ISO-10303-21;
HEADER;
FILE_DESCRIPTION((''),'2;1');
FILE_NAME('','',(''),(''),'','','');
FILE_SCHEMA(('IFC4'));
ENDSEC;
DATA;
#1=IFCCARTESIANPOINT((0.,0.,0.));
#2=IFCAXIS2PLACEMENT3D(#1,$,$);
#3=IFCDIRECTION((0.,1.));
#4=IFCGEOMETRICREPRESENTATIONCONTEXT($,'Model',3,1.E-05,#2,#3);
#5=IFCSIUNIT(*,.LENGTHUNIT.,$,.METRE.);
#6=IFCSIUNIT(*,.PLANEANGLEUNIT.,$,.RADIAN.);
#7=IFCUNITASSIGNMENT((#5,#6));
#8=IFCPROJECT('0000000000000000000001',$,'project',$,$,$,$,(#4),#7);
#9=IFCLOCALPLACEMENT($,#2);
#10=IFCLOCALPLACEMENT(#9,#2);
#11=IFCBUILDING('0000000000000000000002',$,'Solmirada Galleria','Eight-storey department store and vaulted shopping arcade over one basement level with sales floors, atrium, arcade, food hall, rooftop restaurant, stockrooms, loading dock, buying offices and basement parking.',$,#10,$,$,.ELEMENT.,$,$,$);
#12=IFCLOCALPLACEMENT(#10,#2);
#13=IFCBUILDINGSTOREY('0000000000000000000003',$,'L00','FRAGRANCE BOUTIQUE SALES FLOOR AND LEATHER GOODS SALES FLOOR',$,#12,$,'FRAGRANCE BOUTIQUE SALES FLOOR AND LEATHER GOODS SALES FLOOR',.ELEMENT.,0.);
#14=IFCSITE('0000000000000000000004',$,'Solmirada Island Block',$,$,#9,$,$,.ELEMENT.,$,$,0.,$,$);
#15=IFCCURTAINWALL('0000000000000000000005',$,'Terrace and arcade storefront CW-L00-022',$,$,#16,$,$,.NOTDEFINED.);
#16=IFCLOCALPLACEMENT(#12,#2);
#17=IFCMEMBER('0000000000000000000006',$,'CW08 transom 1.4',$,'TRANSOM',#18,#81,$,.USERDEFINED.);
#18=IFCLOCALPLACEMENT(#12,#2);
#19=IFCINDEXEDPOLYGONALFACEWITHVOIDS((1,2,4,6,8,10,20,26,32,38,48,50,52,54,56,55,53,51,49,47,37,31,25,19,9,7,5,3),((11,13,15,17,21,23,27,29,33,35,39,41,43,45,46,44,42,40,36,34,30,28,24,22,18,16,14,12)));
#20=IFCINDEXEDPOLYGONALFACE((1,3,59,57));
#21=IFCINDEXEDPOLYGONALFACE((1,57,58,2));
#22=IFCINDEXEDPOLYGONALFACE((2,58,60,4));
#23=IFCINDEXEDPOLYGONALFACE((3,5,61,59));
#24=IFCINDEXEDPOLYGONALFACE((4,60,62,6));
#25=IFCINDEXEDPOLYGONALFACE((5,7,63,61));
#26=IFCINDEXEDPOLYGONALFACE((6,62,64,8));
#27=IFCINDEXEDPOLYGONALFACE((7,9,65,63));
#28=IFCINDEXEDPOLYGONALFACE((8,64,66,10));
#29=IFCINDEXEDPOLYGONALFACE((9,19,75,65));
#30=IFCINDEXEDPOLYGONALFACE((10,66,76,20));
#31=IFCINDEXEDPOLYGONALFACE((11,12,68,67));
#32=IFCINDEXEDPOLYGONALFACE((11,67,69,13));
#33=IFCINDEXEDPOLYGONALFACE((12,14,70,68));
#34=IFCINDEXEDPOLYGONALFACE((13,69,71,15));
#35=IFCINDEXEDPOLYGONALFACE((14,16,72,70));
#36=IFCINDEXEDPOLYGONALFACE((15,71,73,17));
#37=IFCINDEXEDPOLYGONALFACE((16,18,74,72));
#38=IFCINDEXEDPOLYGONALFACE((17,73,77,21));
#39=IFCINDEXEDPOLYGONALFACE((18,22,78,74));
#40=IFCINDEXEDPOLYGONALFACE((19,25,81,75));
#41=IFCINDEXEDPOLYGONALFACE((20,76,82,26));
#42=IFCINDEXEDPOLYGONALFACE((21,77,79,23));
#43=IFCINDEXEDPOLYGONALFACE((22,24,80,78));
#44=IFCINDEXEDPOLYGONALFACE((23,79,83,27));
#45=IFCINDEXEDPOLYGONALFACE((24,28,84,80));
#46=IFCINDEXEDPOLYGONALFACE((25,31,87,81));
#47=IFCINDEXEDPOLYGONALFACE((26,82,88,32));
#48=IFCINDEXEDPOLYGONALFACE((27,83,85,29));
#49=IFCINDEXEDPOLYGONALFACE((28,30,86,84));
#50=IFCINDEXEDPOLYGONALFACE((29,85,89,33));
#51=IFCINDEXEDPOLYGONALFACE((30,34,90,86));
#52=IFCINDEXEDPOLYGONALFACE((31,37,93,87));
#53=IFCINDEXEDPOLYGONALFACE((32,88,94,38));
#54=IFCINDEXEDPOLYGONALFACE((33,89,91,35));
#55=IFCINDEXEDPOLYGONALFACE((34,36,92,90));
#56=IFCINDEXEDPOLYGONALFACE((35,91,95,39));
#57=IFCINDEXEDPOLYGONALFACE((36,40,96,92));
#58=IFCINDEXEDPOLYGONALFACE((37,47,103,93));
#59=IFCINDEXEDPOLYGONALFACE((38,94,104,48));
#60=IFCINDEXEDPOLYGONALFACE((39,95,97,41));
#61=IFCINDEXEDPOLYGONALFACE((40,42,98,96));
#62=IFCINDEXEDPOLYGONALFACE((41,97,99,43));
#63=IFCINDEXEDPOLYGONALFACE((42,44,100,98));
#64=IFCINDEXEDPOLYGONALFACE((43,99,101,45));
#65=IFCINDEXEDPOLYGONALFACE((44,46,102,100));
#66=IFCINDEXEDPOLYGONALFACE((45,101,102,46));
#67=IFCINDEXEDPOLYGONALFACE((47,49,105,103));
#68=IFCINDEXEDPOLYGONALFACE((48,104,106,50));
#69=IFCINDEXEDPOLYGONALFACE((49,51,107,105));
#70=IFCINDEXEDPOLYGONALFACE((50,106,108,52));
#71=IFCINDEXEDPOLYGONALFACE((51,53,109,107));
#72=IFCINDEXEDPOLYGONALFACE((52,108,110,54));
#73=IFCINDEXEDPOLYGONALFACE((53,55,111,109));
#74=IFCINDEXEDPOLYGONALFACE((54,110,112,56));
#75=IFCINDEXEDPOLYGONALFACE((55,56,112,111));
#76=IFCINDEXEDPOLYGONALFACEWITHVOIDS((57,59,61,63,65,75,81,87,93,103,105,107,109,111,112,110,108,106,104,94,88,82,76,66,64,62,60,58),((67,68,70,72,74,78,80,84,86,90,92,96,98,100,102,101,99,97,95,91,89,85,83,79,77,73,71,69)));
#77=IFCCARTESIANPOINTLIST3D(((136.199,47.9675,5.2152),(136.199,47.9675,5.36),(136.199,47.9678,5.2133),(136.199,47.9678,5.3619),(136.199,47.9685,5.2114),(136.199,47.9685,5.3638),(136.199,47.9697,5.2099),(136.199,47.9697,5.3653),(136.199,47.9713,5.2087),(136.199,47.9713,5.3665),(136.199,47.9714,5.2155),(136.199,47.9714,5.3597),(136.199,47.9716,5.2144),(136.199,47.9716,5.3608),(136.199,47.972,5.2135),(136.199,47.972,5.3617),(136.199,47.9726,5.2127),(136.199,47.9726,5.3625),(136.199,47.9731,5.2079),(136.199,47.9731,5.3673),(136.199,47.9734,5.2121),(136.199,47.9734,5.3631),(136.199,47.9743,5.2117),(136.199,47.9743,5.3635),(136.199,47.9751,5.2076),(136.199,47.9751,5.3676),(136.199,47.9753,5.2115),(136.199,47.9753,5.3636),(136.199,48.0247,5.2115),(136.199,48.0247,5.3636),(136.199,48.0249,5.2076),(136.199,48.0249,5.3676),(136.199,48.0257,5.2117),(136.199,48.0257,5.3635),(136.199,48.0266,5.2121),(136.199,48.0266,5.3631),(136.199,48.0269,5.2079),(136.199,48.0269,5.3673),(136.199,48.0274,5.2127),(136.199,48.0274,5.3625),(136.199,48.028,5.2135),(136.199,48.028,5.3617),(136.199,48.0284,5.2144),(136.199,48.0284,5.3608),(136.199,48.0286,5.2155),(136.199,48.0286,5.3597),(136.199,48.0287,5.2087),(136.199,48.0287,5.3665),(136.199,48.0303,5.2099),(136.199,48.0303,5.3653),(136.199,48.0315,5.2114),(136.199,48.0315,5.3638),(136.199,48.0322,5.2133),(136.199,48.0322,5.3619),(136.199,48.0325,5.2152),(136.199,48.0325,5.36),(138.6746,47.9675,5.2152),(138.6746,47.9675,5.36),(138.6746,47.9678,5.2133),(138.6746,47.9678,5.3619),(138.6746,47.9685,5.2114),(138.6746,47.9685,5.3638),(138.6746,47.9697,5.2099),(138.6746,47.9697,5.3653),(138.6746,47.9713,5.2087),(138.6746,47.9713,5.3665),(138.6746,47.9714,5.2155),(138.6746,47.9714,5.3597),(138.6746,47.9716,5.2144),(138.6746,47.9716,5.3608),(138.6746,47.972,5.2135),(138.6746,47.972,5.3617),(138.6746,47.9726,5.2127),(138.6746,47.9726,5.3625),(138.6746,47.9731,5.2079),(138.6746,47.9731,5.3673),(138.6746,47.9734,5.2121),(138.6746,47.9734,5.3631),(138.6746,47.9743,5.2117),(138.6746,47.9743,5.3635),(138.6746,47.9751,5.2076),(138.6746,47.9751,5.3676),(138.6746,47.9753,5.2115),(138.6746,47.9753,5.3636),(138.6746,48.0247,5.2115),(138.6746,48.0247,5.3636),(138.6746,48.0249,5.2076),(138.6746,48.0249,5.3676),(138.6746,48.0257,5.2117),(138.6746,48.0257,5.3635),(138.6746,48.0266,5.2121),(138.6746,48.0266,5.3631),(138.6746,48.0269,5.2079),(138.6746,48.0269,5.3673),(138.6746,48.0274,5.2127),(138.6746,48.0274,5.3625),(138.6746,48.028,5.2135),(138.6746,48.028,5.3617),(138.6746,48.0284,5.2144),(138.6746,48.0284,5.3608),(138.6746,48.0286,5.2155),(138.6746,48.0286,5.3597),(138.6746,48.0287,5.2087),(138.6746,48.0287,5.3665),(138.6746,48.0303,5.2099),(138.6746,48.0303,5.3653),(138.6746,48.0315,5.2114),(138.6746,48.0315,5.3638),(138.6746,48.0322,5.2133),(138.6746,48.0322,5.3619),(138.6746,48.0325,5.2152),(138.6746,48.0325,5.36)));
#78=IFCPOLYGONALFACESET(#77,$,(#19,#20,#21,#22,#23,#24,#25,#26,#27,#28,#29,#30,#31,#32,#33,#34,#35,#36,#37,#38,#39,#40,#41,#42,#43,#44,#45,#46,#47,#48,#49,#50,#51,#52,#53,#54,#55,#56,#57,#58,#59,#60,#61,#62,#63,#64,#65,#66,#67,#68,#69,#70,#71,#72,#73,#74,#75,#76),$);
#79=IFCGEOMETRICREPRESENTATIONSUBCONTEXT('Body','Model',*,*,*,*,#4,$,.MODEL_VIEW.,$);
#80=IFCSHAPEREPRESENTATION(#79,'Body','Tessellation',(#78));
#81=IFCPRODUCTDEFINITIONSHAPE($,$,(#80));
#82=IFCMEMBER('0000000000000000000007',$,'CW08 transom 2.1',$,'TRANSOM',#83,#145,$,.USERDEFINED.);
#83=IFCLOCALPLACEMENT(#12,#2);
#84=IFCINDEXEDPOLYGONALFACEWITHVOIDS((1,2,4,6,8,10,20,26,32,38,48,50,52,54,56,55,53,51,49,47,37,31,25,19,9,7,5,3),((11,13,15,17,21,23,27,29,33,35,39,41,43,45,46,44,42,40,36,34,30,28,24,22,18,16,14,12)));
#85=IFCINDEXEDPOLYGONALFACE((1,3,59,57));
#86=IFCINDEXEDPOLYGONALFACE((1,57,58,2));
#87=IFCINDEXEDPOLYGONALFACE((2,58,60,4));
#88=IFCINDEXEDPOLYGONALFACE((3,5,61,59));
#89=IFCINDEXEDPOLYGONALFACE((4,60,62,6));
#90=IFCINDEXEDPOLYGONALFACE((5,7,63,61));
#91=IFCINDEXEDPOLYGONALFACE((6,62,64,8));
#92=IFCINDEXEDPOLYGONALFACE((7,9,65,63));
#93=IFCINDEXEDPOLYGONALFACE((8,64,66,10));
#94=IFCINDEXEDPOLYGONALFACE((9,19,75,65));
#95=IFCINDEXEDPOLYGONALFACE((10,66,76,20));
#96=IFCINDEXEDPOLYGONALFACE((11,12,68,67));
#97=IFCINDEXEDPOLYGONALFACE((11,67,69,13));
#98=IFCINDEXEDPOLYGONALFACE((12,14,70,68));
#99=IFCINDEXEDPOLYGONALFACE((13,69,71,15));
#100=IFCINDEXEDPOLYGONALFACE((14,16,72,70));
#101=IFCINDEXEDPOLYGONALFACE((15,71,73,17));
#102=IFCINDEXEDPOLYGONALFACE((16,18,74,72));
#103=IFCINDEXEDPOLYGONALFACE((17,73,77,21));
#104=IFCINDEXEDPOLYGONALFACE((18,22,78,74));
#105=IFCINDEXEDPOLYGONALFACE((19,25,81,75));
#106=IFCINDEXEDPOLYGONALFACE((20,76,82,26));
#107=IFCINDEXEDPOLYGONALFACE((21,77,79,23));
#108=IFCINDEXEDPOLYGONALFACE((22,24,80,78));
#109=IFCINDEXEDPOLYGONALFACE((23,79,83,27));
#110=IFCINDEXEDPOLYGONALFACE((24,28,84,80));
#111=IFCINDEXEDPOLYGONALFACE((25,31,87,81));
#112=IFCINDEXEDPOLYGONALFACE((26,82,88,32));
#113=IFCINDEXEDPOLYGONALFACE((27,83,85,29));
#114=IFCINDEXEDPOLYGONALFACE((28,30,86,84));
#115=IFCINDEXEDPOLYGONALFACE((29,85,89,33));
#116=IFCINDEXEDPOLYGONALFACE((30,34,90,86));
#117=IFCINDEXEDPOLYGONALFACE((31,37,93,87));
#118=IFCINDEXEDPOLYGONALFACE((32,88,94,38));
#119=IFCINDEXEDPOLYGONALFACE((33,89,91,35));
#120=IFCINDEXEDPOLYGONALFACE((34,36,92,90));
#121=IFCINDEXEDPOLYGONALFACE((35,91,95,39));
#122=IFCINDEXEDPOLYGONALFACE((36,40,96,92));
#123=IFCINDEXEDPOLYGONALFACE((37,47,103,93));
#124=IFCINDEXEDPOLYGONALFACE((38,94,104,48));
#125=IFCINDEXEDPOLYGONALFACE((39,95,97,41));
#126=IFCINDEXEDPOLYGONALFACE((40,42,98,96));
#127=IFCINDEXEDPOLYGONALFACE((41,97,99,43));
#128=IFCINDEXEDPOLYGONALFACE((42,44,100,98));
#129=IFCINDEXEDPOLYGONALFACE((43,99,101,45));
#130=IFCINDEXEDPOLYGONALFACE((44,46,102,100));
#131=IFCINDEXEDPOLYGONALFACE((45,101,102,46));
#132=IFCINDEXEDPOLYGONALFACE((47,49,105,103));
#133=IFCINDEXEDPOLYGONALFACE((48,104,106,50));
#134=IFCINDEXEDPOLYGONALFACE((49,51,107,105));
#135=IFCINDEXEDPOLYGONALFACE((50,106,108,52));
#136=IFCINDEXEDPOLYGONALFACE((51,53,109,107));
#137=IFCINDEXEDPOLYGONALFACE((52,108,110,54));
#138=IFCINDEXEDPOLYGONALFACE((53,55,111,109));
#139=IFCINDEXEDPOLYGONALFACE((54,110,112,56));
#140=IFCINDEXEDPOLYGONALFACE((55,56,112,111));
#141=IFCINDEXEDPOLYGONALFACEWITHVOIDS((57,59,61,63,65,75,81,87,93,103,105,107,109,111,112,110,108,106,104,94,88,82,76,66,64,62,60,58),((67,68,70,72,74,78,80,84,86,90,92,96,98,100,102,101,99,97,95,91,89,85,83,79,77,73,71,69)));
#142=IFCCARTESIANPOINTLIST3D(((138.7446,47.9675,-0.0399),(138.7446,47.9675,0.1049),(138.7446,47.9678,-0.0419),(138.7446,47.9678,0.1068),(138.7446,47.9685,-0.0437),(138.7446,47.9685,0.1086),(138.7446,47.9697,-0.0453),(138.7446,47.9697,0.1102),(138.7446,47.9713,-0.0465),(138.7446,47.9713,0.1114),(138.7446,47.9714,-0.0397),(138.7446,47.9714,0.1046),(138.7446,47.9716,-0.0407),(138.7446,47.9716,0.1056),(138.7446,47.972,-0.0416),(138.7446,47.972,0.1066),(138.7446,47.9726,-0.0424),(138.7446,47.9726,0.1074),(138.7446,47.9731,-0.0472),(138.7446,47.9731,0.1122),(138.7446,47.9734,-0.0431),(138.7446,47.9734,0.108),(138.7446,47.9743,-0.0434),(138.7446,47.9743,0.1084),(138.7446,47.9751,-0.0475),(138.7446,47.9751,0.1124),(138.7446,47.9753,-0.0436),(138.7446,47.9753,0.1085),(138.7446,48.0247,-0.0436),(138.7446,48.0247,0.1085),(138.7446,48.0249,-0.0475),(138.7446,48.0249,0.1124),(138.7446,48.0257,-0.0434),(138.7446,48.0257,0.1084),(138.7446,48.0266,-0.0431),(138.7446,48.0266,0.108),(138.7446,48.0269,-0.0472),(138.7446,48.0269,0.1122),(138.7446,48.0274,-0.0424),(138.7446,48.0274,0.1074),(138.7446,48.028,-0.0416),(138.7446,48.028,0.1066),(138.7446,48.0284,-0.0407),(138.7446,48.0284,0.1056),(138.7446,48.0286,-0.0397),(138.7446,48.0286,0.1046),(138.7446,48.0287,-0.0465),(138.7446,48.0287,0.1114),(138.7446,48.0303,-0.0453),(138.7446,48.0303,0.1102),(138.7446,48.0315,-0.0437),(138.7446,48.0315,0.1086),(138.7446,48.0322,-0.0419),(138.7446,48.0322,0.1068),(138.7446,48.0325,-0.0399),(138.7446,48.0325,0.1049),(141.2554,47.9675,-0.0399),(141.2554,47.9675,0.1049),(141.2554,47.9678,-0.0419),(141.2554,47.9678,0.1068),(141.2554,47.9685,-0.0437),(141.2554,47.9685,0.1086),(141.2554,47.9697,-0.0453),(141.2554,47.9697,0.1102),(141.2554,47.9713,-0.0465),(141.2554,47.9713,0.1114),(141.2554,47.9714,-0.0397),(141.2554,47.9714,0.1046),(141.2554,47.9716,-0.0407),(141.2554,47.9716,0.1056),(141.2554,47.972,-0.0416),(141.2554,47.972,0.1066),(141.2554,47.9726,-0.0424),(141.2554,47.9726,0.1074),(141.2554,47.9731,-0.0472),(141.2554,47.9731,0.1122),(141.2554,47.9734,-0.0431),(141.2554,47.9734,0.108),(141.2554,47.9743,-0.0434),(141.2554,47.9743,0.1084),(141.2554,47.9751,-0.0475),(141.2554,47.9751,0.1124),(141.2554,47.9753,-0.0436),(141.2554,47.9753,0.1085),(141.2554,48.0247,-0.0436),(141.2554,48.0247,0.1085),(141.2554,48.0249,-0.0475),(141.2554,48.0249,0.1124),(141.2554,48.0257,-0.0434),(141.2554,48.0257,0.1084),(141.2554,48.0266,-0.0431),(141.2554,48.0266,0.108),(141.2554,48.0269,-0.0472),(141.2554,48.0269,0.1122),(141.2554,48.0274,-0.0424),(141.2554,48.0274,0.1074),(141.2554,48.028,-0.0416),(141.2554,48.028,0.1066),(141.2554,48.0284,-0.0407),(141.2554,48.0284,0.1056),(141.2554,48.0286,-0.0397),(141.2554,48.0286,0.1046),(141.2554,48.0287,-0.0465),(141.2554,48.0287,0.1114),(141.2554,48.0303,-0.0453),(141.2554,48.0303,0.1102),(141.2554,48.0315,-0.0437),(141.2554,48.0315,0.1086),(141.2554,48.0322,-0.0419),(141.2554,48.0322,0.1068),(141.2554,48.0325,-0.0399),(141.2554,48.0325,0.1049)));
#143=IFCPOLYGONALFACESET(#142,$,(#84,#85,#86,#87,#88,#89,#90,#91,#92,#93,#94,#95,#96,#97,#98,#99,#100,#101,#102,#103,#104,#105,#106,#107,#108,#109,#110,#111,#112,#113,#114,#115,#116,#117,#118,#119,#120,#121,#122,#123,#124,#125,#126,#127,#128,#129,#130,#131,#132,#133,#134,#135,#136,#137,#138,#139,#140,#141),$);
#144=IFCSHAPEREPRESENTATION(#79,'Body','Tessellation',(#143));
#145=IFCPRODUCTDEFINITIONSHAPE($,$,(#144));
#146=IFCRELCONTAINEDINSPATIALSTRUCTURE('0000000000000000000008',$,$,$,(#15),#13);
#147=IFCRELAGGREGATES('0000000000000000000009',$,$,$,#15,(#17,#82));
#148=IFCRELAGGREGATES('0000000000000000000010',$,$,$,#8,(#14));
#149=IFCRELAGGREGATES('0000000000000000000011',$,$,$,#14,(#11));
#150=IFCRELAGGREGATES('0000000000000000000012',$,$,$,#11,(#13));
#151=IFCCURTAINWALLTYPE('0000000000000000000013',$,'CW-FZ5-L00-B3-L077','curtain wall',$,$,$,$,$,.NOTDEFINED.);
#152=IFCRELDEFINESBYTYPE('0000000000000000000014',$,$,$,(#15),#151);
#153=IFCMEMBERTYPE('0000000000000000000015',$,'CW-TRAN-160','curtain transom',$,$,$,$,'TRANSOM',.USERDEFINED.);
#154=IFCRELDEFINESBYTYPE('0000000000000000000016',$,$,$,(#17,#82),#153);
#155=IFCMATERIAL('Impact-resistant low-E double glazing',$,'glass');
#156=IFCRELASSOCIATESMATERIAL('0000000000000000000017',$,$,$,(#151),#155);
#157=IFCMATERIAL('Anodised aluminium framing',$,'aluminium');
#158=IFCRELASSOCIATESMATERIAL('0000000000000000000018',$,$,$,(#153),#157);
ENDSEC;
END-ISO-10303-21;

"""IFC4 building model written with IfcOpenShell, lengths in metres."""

from ifc_helpers import new_model, si_unit, direction, frame, origin, origin_2d, place, context, subcontext, project, spatial, hollow_rectangle, extrude, material, material_profile, profile_set, type_object, element, aggregate, save


model = new_model("IFC4")

# Units and contexts
model_context = context("Model", 3, precision=1e-05, world=origin(), true_north=direction((0.0, 1.0)))
body_context = subcontext(model_context, "Body", "Model", "MODEL_VIEW")
ifc_project = project(units=[si_unit("LENGTHUNIT", "METRE"), si_unit("PLANEANGLEUNIT", "RADIAN")], contexts=[model_context])

# Site, building, storey
site_placement = place(None, origin())
site = spatial("IfcSite", under=ifc_project, at=site_placement, Name="Solmirada Island Block", CompositionType="ELEMENT", RefElevation=0.0)
building_placement = place(site_placement, origin())
building = spatial("IfcBuilding", under=site, at=building_placement, Name="Solmirada Galleria", Description="Eight-storey department store and vaulted shopping arcade over one basement level with sales floors, atrium, arcade, food hall, rooftop restaurant, stockrooms, loading dock, buying offices and basement parking.", CompositionType="ELEMENT")
storey_placement = place(building_placement, origin())
storey = spatial("IfcBuildingStorey", under=building, at=storey_placement, Name="L00", Description="FRAGRANCE BOUTIQUE SALES FLOOR AND LEATHER GOODS SALES FLOOR", LongName="FRAGRANCE BOUTIQUE SALES FLOOR AND LEATHER GOODS SALES FLOOR", CompositionType="ELEMENT", Elevation=0.0)

# Curtain wall, members
ifc_material_1 = material(Name="Impact-resistant low-E double glazing", Category="glass")
curtain_wall_type = type_object("IfcCurtainWallType", Name="CW-FZ5-L00-B3-L077", Description="curtain wall", PredefinedType="NOTDEFINED", material=ifc_material_1)
curtain_wall_placement = place(storey_placement, origin())
curtain_wall = element("IfcCurtainWall", 1, at=curtain_wall_placement, inside=storey, type_object=curtain_wall_type, Name="Terrace and arcade storefront CW-L00-022", PredefinedType="NOTDEFINED")
ifc_material_2 = material(Name="Anodised aluminium framing", Category="aluminium")
ifc_material_profile_1 = material_profile(ifc_material_2, hollow_rectangle(XDim=0.0649, YDim=0.1599, WallThickness=0.0039, InnerFilletRadius=0.0039, OuterFilletRadius=0.0076, at=origin_2d()), Name="ALU-TRAN-160X65")
ifc_profile_set_1 = profile_set([ifc_material_profile_1], Name="Anodised aluminium framing")
member_type_1 = type_object("IfcMemberType", Name="CW-TRAN-160", Description="curtain transom", ElementType="TRANSOM", PredefinedType="USERDEFINED", material=ifc_profile_set_1)
member_1_placement = place(storey_placement, frame((136.199, 48.0, 5.2876), z_axis=(1.0, 0.0, 0.0), x_axis=(0.0, 1.0, 0.0)))
member_1 = element("IfcMember", 2, at=member_1_placement, type_object=member_type_1, Name="CW08 transom 1.4", ObjectType="TRANSOM", PredefinedType="USERDEFINED", context=body_context, shape_type="SweptSolid", body=[
    extrude(hollow_rectangle(XDim=0.0649, YDim=0.1599, WallThickness=0.0039, InnerFilletRadius=0.0039, OuterFilletRadius=0.0076, at=origin_2d()), origin(), (0.0, 0.0, 1.0), 2.4756),
])
member_2_placement = place(storey_placement, frame((138.7446, 48.0, 0.0325), z_axis=(1.0, 0.0, 0.0), x_axis=(0.0, 1.0, 0.0)))
member_2 = element("IfcMember", 3, at=member_2_placement, type_object=member_type_1, Name="CW08 transom 2.1", ObjectType="TRANSOM", PredefinedType="USERDEFINED", context=body_context, shape_type="SweptSolid", body=[
    extrude(hollow_rectangle(XDim=0.0649, YDim=0.1599, WallThickness=0.0039, InnerFilletRadius=0.0039, OuterFilletRadius=0.0076, at=origin_2d()), origin(), (0.0, 0.0, 1.0), 2.5107),
])
aggregate(curtain_wall, [member_1, member_2])

save(model, "model.ifc")
